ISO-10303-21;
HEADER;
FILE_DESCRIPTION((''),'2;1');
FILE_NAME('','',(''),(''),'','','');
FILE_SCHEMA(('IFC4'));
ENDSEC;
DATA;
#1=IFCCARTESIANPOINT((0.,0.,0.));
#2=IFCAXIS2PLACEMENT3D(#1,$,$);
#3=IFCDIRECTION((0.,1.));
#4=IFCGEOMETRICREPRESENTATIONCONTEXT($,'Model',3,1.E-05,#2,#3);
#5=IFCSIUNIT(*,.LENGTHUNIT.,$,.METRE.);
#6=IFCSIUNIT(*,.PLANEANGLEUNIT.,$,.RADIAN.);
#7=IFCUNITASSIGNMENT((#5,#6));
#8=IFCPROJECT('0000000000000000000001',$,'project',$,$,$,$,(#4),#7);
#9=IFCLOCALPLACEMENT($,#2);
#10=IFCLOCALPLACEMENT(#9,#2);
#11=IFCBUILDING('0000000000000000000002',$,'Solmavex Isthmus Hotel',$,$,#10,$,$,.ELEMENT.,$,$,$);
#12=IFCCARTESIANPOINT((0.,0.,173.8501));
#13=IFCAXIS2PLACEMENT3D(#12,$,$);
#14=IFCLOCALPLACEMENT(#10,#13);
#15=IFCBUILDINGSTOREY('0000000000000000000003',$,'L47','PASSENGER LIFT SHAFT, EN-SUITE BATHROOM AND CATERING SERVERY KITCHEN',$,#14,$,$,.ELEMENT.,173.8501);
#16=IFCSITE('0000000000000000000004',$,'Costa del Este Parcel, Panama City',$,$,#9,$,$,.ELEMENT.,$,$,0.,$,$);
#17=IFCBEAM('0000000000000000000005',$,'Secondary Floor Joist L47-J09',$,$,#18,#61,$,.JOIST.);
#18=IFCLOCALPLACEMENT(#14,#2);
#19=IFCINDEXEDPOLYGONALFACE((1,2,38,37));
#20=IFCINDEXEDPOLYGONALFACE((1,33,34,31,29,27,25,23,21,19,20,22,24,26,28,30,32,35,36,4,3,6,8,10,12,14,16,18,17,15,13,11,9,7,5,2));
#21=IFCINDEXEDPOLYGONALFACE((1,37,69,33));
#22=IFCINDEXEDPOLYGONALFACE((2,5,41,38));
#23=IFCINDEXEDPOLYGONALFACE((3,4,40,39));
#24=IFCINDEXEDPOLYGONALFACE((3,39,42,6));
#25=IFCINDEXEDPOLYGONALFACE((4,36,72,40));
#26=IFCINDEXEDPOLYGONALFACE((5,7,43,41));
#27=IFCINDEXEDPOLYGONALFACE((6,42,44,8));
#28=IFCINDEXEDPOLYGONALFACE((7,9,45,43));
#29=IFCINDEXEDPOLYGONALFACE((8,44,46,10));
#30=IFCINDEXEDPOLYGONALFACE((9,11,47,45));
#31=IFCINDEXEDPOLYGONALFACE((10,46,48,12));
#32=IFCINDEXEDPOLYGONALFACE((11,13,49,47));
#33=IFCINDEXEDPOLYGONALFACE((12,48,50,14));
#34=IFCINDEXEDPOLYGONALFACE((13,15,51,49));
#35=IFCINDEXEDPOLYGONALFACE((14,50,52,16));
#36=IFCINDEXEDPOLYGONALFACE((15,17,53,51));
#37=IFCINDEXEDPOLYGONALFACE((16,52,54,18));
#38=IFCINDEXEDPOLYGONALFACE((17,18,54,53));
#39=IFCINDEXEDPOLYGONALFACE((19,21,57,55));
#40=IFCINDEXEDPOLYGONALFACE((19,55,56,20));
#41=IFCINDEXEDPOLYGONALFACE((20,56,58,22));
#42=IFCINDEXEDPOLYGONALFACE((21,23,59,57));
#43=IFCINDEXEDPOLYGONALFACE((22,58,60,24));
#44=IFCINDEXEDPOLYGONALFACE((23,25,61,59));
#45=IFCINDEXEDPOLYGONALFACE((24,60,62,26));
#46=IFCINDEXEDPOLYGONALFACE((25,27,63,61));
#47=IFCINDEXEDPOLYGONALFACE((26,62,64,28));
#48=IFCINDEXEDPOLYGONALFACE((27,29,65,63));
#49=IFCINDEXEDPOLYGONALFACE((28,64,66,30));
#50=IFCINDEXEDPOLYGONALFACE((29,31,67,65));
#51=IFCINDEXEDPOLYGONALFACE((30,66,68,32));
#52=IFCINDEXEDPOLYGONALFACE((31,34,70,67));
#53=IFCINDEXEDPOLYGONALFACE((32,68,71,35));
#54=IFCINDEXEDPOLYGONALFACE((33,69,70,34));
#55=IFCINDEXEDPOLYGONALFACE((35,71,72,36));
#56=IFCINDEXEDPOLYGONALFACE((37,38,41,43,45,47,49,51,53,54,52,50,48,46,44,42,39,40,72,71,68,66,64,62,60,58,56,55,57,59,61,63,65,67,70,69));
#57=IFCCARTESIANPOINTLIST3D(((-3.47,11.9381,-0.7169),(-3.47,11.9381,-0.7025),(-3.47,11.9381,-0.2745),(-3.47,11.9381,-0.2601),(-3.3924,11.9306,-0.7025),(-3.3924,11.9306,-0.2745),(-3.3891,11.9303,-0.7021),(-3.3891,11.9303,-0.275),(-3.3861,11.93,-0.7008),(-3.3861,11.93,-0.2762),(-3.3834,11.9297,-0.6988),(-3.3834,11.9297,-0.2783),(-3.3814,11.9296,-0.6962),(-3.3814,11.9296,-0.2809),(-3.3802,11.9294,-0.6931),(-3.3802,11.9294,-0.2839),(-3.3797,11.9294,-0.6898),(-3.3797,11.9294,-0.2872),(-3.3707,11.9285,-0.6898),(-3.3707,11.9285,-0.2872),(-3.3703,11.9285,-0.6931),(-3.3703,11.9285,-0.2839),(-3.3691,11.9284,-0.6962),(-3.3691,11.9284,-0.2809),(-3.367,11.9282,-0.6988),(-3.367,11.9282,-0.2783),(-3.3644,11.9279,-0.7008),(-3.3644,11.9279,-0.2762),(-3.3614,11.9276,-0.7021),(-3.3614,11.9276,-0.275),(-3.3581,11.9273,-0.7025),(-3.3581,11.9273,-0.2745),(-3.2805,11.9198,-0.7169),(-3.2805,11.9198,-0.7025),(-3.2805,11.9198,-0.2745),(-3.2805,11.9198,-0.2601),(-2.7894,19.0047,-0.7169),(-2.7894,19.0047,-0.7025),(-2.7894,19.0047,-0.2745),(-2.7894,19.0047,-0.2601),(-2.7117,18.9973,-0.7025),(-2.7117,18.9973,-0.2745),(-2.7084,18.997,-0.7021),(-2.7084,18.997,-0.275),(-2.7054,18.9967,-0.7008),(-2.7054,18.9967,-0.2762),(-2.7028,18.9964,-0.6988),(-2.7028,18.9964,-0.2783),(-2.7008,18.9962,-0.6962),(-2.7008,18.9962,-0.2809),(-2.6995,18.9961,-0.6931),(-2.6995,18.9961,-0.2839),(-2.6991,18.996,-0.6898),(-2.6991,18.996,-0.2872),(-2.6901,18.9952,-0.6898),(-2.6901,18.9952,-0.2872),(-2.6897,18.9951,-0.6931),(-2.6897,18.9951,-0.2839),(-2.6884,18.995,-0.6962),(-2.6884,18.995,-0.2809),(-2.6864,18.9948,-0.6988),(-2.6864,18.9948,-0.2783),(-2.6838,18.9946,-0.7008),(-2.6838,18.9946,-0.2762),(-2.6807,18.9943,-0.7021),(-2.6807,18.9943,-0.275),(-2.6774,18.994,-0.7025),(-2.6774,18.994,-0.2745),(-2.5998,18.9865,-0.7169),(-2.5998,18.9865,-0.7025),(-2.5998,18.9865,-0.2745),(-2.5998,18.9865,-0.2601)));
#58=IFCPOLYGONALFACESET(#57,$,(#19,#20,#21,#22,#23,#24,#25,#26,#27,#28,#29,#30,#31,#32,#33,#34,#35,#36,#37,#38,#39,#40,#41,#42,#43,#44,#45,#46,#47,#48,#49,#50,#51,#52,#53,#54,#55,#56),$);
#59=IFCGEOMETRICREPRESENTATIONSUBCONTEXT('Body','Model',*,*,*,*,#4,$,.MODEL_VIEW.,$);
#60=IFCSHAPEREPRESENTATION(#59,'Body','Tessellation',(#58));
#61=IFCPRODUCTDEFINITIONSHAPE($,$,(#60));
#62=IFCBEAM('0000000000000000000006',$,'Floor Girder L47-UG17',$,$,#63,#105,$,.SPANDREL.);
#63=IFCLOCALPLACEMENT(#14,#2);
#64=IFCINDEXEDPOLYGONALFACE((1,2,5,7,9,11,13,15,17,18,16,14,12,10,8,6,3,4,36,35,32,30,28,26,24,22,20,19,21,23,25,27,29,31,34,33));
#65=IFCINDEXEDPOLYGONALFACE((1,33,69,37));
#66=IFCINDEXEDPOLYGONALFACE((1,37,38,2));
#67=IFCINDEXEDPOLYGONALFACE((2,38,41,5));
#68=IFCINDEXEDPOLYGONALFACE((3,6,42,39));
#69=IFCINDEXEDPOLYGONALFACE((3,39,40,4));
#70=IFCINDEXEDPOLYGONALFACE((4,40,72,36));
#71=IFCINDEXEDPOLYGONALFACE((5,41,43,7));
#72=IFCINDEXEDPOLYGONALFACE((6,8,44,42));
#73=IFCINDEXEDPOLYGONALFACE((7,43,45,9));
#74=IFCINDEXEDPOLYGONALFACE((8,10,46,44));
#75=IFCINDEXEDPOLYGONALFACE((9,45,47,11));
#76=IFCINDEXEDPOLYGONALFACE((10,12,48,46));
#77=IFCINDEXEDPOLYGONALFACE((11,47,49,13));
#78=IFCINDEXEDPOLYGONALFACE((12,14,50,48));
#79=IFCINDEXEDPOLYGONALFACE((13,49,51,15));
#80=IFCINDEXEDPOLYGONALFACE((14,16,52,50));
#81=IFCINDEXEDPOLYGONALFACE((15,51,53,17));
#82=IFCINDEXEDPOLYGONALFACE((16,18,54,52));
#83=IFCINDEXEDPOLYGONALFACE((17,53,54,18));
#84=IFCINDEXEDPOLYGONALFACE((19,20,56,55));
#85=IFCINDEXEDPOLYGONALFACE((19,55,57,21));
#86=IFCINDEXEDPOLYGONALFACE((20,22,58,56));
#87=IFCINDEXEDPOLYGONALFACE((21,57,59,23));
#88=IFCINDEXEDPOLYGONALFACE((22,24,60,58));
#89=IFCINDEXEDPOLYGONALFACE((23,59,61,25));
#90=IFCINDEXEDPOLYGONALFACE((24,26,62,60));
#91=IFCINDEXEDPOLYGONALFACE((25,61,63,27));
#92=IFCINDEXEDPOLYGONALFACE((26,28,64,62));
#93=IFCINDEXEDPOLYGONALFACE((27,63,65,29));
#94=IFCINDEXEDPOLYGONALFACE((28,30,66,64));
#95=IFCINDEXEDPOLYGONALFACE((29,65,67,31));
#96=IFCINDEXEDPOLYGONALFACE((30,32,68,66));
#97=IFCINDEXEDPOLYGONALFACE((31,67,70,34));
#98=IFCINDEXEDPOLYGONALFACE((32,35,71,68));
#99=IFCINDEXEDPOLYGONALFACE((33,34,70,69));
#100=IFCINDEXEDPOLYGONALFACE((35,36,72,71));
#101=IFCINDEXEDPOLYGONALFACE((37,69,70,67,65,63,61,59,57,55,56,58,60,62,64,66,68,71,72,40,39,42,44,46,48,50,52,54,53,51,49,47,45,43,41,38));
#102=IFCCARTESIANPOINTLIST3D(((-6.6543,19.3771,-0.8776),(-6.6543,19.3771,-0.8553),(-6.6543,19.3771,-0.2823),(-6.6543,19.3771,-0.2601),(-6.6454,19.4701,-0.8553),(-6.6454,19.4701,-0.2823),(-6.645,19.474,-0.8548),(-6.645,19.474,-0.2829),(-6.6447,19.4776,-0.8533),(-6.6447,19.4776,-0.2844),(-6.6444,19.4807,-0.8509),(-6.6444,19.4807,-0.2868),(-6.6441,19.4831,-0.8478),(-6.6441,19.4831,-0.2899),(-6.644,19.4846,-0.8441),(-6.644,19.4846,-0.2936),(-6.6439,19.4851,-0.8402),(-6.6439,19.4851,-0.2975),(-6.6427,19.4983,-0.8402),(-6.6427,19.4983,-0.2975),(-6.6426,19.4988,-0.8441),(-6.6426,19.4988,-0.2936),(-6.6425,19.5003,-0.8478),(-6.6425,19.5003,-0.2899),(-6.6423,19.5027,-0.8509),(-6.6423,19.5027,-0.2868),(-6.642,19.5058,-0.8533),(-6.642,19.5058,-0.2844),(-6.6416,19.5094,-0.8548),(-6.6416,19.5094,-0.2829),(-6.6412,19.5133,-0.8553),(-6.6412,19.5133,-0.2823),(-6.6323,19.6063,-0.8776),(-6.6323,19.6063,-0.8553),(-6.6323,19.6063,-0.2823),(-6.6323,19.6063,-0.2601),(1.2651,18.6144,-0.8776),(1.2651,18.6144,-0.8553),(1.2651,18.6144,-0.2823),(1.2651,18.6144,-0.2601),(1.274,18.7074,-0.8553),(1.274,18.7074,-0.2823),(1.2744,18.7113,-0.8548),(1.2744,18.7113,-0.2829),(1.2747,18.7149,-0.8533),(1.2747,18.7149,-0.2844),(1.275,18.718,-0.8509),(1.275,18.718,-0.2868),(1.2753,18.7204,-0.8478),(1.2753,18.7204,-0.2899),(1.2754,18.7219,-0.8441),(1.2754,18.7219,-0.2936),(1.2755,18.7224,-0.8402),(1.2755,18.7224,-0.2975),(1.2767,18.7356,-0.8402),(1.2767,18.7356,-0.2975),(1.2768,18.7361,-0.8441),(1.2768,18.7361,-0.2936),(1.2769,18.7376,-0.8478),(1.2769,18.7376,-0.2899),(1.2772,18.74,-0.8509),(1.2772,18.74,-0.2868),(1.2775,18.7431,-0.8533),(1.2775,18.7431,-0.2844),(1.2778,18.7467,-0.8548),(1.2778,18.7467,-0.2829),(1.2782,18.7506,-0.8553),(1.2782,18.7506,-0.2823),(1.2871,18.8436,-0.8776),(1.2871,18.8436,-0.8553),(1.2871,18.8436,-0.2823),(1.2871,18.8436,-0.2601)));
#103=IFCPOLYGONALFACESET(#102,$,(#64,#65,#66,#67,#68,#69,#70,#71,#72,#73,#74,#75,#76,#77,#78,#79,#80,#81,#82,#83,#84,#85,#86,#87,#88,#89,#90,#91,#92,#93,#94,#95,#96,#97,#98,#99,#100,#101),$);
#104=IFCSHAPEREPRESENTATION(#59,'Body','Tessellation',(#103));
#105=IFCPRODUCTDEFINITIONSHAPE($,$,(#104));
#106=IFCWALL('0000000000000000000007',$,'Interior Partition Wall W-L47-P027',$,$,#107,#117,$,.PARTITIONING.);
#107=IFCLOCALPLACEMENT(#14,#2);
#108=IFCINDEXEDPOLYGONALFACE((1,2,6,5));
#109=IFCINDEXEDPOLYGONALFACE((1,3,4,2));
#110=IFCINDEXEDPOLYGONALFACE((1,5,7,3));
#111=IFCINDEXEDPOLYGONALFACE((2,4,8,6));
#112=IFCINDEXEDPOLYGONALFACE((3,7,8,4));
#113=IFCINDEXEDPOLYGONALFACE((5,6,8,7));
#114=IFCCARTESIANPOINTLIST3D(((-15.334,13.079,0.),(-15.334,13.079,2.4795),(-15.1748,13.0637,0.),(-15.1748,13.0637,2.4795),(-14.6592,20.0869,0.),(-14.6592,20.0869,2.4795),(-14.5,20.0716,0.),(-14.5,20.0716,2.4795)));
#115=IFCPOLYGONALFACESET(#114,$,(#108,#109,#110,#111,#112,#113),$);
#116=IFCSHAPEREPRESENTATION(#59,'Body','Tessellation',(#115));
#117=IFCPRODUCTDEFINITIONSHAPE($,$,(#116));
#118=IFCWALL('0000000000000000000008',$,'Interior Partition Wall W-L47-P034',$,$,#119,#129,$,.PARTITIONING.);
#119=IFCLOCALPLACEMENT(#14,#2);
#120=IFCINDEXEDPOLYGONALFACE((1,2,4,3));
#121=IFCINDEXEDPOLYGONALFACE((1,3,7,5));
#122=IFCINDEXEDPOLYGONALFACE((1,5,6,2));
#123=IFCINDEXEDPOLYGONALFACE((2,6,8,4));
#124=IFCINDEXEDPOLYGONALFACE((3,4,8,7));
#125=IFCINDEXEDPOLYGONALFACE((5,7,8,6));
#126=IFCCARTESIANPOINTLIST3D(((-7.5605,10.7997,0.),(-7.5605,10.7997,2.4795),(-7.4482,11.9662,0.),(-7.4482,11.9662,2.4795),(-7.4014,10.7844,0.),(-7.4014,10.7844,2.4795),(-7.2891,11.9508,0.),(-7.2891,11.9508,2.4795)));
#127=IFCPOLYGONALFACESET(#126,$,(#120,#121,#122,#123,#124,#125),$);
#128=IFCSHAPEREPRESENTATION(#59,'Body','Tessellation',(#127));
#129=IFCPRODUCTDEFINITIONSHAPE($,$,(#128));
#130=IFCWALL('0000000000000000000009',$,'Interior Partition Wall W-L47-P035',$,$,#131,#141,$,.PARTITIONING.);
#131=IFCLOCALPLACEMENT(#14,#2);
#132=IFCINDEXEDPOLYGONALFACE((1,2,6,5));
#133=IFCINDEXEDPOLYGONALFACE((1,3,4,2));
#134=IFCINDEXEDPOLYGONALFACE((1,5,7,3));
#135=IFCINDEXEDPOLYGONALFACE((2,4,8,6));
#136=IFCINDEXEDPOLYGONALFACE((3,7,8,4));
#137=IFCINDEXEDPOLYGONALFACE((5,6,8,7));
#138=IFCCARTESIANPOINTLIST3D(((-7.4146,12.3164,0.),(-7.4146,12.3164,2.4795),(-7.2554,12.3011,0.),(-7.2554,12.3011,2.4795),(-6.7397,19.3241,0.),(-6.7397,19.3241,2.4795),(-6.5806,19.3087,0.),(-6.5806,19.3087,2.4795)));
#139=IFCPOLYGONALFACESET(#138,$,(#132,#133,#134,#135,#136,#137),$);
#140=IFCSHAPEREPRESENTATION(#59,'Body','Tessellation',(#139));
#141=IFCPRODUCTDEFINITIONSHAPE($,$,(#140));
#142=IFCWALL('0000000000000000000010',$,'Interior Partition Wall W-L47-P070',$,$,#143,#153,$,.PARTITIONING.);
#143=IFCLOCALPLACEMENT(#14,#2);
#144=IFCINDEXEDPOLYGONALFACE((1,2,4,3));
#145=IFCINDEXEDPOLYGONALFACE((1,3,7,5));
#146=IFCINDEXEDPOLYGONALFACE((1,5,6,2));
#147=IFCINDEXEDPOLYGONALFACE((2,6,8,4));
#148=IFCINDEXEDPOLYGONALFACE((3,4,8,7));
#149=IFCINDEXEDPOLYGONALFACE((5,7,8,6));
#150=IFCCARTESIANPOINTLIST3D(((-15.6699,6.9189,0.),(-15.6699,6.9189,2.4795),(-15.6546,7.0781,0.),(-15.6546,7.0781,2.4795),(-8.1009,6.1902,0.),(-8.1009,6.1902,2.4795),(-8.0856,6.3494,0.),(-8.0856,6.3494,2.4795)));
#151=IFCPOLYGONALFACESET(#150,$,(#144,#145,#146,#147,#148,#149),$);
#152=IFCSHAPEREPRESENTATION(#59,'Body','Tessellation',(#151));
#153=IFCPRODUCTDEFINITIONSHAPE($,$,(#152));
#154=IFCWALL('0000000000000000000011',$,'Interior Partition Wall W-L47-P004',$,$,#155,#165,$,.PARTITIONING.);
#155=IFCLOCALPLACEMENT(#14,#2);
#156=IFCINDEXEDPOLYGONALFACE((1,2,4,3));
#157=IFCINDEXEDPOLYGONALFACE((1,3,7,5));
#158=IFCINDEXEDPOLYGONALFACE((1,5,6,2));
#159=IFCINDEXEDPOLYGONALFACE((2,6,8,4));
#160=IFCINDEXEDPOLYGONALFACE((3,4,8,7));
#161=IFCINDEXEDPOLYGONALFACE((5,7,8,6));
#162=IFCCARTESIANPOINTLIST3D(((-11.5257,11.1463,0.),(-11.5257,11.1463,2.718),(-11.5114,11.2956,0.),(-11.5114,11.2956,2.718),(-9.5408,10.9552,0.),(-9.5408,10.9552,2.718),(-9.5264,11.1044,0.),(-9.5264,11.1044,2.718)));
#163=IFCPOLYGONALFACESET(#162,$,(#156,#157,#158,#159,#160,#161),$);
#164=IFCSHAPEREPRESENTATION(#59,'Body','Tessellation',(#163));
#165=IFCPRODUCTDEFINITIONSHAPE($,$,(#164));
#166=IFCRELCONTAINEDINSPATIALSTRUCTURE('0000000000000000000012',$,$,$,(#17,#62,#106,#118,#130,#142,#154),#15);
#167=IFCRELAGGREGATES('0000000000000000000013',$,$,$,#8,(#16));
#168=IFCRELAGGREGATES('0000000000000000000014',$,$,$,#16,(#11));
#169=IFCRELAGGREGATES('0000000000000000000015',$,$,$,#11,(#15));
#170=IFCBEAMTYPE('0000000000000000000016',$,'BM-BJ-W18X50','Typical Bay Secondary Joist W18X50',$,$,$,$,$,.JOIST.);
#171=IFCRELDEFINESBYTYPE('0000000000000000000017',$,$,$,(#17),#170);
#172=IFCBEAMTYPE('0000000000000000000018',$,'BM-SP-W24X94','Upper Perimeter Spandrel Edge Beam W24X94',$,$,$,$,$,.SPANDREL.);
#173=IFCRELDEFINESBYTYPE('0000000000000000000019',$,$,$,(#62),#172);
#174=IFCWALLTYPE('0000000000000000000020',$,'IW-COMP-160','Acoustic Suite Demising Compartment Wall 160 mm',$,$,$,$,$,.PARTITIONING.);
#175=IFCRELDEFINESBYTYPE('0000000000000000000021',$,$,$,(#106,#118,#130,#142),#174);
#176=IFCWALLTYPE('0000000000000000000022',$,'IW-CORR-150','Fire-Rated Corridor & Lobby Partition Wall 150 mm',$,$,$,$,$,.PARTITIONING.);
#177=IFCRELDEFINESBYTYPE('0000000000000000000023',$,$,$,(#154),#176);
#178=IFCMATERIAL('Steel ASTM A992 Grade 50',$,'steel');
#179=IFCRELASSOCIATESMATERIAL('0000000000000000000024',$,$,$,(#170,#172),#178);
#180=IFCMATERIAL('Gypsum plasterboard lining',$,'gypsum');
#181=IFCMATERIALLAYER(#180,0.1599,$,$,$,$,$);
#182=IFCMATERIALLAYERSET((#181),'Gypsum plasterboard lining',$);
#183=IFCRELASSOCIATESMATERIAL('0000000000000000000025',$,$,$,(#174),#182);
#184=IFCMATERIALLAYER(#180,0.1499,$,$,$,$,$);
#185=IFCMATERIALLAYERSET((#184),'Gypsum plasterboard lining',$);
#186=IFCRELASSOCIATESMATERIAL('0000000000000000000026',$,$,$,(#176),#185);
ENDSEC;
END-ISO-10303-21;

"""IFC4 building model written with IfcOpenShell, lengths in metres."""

from ifc_helpers import new_model, si_unit, direction, frame, frame_2d, origin, origin_2d, place, context, subcontext, project, spatial, rectangle, i_section, extrude, material, layer, layer_set, material_profile, profile_set, type_object, element, save


model = new_model("IFC4")

# Units and contexts
model_context = context("Model", 3, precision=1e-05, world=origin(), true_north=direction((0.0, 1.0)))
body_context = subcontext(model_context, "Body", "Model", "MODEL_VIEW")
ifc_project = project(units=[si_unit("LENGTHUNIT", "METRE"), si_unit("PLANEANGLEUNIT", "RADIAN")], contexts=[model_context])

# Site, building, storey
site_placement = place(None, origin())
site = spatial("IfcSite", under=ifc_project, at=site_placement, Name="Costa del Este Parcel, Panama City", CompositionType="ELEMENT", RefElevation=0.0)
building_placement = place(site_placement, origin())
building = spatial("IfcBuilding", under=site, at=building_placement, Name="Solmavex Isthmus Hotel", CompositionType="ELEMENT")
storey_placement = place(building_placement, frame((0.0, 0.0, 173.8501)))
storey = spatial("IfcBuildingStorey", under=building, at=storey_placement, Name="L47", Description="PASSENGER LIFT SHAFT, EN-SUITE BATHROOM AND CATERING SERVERY KITCHEN", CompositionType="ELEMENT", Elevation=173.8501)

# Beams
ifc_material_1 = material(Name="Steel ASTM A992 Grade 50", Category="steel")
ifc_material_profile_1 = material_profile(ifc_material_1, i_section(OverallWidth=0.1904, OverallDepth=0.4568, WebThickness=0.009, FlangeThickness=0.0144, FilletRadius=0.0127, at=origin_2d()), Name="W18X50")
ifc_profile_set_1 = profile_set([ifc_material_profile_1], Name="Steel ASTM A992 Grade 50")
beam_type_1 = type_object("IfcBeamType", Name="BM-BJ-W18X50", Description="Typical Bay Secondary Joist W18X50", PredefinedType="JOIST", material=ifc_profile_set_1)
beam_1_placement = place(storey_placement, frame((-3.3752, 11.929, -0.4885), z_axis=(0.095877, 0.995393, 0.0), x_axis=(-0.995393, 0.095877, 0.0)))
element("IfcBeam", 1, at=beam_1_placement, inside=storey, type_object=beam_type_1, Name="Secondary Floor Joist L47-J09", PredefinedType="JOIST", context=body_context, shape_type="SweptSolid", body=[
    extrude(i_section(OverallWidth=0.1904, OverallDepth=0.4568, WebThickness=0.009, FlangeThickness=0.0144, FilletRadius=0.0127, at=origin_2d()), origin(), (0.0, 0.0, 1.0), 7.0994),
])
ifc_material_profile_2 = material_profile(ifc_material_1, i_section(OverallWidth=0.2302, OverallDepth=0.6174, WebThickness=0.0132, FlangeThickness=0.0222, FilletRadius=0.0151, at=origin_2d()), Name="W24X94")
ifc_profile_set_2 = profile_set([ifc_material_profile_2], Name="Steel ASTM A992 Grade 50")
beam_type_2 = type_object("IfcBeamType", Name="BM-SP-W24X94", Description="Upper Perimeter Spandrel Edge Beam W24X94", PredefinedType="SPANDREL", material=ifc_profile_set_2)
beam_2_placement = place(storey_placement, frame((-6.6433, 19.4917, -0.5688), z_axis=(0.995395, -0.095863, 0.0), x_axis=(0.095863, 0.995395, 0.0)))
element("IfcBeam", 2, at=beam_2_placement, inside=storey, type_object=beam_type_2, Name="Floor Girder L47-UG17", PredefinedType="SPANDREL", context=body_context, shape_type="SweptSolid", body=[
    extrude(i_section(OverallWidth=0.2302, OverallDepth=0.6174, WebThickness=0.0132, FlangeThickness=0.0222, FilletRadius=0.0151, at=origin_2d()), origin(), (0.0, 0.0, 1.0), 7.9561),
])

# Walls
ifc_material_2 = material(Name="Gypsum plasterboard lining", Category="gypsum")
ifc_layer_1 = layer(ifc_material_2, 0.1599)
ifc_layer_set_1 = layer_set([ifc_layer_1], Name="Gypsum plasterboard lining")
wall_type_1 = type_object("IfcWallType", Name="IW-COMP-160", Description="Acoustic Suite Demising Compartment Wall 160 mm", PredefinedType="PARTITIONING", material=ifc_layer_set_1)
wall_1_placement = place(storey_placement, frame((-14.5796, 20.0791, 0.0), z_axis=(0.0, 0.0, 1.0), x_axis=(-0.09585, -0.995396, 0.0)))
element("IfcWall", 3, at=wall_1_placement, inside=storey, type_object=wall_type_1, Name="Interior Partition Wall W-L47-P027", PredefinedType="PARTITIONING", context=body_context, shape_type="SweptSolid", body=[
    extrude(rectangle(XDim=7.0403, YDim=0.1599, at=frame_2d((3.52, 0.0))), origin(), (0.0, 0.0, 1.0), 2.4795),
])
wall_2_placement = place(storey_placement, frame((-7.3687, 11.9585, 0.0), z_axis=(0.0, 0.0, 1.0), x_axis=(-0.095831, -0.995398, 0.0)))
element("IfcWall", 4, at=wall_2_placement, inside=storey, type_object=wall_type_1, Name="Interior Partition Wall W-L47-P034", PredefinedType="PARTITIONING", context=body_context, shape_type="SweptSolid", body=[
    extrude(rectangle(XDim=1.1719, YDim=0.1599, at=frame_2d((0.5859, 0.0))), origin(), (0.0, 0.0, 1.0), 2.4795),
])
wall_3_placement = place(storey_placement, frame((-6.6602, 19.3164, 0.0), z_axis=(0.0, 0.0, 1.0), x_axis=(-0.095853, -0.995395, 0.0)))
element("IfcWall", 5, at=wall_3_placement, inside=storey, type_object=wall_type_1, Name="Interior Partition Wall W-L47-P035", PredefinedType="PARTITIONING", context=body_context, shape_type="SweptSolid", body=[
    extrude(rectangle(XDim=7.04, YDim=0.1599, at=frame_2d((3.52, 0.0))), origin(), (0.0, 0.0, 1.0), 2.4795),
])
wall_4_placement = place(storey_placement, frame((-8.0933, 6.2698, 0.0), z_axis=(0.0, 0.0, 1.0), x_axis=(-0.995397, 0.095838, 0.0)))
element("IfcWall", 6, at=wall_4_placement, inside=storey, type_object=wall_type_1, Name="Interior Partition Wall W-L47-P070", PredefinedType="PARTITIONING", context=body_context, shape_type="SweptSolid", body=[
    extrude(rectangle(XDim=7.604, YDim=0.1599, at=frame_2d((3.802, 0.0))), origin(), (0.0, 0.0, 1.0), 2.4795),
])

# Shared definitions
ifc_layer_2 = layer(ifc_material_2, 0.1499)
ifc_layer_set_2 = layer_set([ifc_layer_2], Name="Gypsum plasterboard lining")
wall_type_2 = type_object("IfcWallType", Name="IW-CORR-150", Description="Fire-Rated Corridor & Lobby Partition Wall 150 mm", PredefinedType="PARTITIONING", material=ifc_layer_set_2)

# Wall
wall_5_placement = place(storey_placement, frame((-11.5186, 11.2209, 0.0), z_axis=(0.0, 0.0, 1.0), x_axis=(0.995394, -0.095866, 0.0)))
element("IfcWall", 7, at=wall_5_placement, inside=storey, type_object=wall_type_2, Name="Interior Partition Wall W-L47-P004", PredefinedType="PARTITIONING", context=body_context, shape_type="SweptSolid", body=[
    extrude(rectangle(XDim=1.9941, YDim=0.1499, at=frame_2d((0.9971, 0.0))), origin(), (0.0, 0.0, 1.0), 2.718),
])

save(model, "model.ifc")
